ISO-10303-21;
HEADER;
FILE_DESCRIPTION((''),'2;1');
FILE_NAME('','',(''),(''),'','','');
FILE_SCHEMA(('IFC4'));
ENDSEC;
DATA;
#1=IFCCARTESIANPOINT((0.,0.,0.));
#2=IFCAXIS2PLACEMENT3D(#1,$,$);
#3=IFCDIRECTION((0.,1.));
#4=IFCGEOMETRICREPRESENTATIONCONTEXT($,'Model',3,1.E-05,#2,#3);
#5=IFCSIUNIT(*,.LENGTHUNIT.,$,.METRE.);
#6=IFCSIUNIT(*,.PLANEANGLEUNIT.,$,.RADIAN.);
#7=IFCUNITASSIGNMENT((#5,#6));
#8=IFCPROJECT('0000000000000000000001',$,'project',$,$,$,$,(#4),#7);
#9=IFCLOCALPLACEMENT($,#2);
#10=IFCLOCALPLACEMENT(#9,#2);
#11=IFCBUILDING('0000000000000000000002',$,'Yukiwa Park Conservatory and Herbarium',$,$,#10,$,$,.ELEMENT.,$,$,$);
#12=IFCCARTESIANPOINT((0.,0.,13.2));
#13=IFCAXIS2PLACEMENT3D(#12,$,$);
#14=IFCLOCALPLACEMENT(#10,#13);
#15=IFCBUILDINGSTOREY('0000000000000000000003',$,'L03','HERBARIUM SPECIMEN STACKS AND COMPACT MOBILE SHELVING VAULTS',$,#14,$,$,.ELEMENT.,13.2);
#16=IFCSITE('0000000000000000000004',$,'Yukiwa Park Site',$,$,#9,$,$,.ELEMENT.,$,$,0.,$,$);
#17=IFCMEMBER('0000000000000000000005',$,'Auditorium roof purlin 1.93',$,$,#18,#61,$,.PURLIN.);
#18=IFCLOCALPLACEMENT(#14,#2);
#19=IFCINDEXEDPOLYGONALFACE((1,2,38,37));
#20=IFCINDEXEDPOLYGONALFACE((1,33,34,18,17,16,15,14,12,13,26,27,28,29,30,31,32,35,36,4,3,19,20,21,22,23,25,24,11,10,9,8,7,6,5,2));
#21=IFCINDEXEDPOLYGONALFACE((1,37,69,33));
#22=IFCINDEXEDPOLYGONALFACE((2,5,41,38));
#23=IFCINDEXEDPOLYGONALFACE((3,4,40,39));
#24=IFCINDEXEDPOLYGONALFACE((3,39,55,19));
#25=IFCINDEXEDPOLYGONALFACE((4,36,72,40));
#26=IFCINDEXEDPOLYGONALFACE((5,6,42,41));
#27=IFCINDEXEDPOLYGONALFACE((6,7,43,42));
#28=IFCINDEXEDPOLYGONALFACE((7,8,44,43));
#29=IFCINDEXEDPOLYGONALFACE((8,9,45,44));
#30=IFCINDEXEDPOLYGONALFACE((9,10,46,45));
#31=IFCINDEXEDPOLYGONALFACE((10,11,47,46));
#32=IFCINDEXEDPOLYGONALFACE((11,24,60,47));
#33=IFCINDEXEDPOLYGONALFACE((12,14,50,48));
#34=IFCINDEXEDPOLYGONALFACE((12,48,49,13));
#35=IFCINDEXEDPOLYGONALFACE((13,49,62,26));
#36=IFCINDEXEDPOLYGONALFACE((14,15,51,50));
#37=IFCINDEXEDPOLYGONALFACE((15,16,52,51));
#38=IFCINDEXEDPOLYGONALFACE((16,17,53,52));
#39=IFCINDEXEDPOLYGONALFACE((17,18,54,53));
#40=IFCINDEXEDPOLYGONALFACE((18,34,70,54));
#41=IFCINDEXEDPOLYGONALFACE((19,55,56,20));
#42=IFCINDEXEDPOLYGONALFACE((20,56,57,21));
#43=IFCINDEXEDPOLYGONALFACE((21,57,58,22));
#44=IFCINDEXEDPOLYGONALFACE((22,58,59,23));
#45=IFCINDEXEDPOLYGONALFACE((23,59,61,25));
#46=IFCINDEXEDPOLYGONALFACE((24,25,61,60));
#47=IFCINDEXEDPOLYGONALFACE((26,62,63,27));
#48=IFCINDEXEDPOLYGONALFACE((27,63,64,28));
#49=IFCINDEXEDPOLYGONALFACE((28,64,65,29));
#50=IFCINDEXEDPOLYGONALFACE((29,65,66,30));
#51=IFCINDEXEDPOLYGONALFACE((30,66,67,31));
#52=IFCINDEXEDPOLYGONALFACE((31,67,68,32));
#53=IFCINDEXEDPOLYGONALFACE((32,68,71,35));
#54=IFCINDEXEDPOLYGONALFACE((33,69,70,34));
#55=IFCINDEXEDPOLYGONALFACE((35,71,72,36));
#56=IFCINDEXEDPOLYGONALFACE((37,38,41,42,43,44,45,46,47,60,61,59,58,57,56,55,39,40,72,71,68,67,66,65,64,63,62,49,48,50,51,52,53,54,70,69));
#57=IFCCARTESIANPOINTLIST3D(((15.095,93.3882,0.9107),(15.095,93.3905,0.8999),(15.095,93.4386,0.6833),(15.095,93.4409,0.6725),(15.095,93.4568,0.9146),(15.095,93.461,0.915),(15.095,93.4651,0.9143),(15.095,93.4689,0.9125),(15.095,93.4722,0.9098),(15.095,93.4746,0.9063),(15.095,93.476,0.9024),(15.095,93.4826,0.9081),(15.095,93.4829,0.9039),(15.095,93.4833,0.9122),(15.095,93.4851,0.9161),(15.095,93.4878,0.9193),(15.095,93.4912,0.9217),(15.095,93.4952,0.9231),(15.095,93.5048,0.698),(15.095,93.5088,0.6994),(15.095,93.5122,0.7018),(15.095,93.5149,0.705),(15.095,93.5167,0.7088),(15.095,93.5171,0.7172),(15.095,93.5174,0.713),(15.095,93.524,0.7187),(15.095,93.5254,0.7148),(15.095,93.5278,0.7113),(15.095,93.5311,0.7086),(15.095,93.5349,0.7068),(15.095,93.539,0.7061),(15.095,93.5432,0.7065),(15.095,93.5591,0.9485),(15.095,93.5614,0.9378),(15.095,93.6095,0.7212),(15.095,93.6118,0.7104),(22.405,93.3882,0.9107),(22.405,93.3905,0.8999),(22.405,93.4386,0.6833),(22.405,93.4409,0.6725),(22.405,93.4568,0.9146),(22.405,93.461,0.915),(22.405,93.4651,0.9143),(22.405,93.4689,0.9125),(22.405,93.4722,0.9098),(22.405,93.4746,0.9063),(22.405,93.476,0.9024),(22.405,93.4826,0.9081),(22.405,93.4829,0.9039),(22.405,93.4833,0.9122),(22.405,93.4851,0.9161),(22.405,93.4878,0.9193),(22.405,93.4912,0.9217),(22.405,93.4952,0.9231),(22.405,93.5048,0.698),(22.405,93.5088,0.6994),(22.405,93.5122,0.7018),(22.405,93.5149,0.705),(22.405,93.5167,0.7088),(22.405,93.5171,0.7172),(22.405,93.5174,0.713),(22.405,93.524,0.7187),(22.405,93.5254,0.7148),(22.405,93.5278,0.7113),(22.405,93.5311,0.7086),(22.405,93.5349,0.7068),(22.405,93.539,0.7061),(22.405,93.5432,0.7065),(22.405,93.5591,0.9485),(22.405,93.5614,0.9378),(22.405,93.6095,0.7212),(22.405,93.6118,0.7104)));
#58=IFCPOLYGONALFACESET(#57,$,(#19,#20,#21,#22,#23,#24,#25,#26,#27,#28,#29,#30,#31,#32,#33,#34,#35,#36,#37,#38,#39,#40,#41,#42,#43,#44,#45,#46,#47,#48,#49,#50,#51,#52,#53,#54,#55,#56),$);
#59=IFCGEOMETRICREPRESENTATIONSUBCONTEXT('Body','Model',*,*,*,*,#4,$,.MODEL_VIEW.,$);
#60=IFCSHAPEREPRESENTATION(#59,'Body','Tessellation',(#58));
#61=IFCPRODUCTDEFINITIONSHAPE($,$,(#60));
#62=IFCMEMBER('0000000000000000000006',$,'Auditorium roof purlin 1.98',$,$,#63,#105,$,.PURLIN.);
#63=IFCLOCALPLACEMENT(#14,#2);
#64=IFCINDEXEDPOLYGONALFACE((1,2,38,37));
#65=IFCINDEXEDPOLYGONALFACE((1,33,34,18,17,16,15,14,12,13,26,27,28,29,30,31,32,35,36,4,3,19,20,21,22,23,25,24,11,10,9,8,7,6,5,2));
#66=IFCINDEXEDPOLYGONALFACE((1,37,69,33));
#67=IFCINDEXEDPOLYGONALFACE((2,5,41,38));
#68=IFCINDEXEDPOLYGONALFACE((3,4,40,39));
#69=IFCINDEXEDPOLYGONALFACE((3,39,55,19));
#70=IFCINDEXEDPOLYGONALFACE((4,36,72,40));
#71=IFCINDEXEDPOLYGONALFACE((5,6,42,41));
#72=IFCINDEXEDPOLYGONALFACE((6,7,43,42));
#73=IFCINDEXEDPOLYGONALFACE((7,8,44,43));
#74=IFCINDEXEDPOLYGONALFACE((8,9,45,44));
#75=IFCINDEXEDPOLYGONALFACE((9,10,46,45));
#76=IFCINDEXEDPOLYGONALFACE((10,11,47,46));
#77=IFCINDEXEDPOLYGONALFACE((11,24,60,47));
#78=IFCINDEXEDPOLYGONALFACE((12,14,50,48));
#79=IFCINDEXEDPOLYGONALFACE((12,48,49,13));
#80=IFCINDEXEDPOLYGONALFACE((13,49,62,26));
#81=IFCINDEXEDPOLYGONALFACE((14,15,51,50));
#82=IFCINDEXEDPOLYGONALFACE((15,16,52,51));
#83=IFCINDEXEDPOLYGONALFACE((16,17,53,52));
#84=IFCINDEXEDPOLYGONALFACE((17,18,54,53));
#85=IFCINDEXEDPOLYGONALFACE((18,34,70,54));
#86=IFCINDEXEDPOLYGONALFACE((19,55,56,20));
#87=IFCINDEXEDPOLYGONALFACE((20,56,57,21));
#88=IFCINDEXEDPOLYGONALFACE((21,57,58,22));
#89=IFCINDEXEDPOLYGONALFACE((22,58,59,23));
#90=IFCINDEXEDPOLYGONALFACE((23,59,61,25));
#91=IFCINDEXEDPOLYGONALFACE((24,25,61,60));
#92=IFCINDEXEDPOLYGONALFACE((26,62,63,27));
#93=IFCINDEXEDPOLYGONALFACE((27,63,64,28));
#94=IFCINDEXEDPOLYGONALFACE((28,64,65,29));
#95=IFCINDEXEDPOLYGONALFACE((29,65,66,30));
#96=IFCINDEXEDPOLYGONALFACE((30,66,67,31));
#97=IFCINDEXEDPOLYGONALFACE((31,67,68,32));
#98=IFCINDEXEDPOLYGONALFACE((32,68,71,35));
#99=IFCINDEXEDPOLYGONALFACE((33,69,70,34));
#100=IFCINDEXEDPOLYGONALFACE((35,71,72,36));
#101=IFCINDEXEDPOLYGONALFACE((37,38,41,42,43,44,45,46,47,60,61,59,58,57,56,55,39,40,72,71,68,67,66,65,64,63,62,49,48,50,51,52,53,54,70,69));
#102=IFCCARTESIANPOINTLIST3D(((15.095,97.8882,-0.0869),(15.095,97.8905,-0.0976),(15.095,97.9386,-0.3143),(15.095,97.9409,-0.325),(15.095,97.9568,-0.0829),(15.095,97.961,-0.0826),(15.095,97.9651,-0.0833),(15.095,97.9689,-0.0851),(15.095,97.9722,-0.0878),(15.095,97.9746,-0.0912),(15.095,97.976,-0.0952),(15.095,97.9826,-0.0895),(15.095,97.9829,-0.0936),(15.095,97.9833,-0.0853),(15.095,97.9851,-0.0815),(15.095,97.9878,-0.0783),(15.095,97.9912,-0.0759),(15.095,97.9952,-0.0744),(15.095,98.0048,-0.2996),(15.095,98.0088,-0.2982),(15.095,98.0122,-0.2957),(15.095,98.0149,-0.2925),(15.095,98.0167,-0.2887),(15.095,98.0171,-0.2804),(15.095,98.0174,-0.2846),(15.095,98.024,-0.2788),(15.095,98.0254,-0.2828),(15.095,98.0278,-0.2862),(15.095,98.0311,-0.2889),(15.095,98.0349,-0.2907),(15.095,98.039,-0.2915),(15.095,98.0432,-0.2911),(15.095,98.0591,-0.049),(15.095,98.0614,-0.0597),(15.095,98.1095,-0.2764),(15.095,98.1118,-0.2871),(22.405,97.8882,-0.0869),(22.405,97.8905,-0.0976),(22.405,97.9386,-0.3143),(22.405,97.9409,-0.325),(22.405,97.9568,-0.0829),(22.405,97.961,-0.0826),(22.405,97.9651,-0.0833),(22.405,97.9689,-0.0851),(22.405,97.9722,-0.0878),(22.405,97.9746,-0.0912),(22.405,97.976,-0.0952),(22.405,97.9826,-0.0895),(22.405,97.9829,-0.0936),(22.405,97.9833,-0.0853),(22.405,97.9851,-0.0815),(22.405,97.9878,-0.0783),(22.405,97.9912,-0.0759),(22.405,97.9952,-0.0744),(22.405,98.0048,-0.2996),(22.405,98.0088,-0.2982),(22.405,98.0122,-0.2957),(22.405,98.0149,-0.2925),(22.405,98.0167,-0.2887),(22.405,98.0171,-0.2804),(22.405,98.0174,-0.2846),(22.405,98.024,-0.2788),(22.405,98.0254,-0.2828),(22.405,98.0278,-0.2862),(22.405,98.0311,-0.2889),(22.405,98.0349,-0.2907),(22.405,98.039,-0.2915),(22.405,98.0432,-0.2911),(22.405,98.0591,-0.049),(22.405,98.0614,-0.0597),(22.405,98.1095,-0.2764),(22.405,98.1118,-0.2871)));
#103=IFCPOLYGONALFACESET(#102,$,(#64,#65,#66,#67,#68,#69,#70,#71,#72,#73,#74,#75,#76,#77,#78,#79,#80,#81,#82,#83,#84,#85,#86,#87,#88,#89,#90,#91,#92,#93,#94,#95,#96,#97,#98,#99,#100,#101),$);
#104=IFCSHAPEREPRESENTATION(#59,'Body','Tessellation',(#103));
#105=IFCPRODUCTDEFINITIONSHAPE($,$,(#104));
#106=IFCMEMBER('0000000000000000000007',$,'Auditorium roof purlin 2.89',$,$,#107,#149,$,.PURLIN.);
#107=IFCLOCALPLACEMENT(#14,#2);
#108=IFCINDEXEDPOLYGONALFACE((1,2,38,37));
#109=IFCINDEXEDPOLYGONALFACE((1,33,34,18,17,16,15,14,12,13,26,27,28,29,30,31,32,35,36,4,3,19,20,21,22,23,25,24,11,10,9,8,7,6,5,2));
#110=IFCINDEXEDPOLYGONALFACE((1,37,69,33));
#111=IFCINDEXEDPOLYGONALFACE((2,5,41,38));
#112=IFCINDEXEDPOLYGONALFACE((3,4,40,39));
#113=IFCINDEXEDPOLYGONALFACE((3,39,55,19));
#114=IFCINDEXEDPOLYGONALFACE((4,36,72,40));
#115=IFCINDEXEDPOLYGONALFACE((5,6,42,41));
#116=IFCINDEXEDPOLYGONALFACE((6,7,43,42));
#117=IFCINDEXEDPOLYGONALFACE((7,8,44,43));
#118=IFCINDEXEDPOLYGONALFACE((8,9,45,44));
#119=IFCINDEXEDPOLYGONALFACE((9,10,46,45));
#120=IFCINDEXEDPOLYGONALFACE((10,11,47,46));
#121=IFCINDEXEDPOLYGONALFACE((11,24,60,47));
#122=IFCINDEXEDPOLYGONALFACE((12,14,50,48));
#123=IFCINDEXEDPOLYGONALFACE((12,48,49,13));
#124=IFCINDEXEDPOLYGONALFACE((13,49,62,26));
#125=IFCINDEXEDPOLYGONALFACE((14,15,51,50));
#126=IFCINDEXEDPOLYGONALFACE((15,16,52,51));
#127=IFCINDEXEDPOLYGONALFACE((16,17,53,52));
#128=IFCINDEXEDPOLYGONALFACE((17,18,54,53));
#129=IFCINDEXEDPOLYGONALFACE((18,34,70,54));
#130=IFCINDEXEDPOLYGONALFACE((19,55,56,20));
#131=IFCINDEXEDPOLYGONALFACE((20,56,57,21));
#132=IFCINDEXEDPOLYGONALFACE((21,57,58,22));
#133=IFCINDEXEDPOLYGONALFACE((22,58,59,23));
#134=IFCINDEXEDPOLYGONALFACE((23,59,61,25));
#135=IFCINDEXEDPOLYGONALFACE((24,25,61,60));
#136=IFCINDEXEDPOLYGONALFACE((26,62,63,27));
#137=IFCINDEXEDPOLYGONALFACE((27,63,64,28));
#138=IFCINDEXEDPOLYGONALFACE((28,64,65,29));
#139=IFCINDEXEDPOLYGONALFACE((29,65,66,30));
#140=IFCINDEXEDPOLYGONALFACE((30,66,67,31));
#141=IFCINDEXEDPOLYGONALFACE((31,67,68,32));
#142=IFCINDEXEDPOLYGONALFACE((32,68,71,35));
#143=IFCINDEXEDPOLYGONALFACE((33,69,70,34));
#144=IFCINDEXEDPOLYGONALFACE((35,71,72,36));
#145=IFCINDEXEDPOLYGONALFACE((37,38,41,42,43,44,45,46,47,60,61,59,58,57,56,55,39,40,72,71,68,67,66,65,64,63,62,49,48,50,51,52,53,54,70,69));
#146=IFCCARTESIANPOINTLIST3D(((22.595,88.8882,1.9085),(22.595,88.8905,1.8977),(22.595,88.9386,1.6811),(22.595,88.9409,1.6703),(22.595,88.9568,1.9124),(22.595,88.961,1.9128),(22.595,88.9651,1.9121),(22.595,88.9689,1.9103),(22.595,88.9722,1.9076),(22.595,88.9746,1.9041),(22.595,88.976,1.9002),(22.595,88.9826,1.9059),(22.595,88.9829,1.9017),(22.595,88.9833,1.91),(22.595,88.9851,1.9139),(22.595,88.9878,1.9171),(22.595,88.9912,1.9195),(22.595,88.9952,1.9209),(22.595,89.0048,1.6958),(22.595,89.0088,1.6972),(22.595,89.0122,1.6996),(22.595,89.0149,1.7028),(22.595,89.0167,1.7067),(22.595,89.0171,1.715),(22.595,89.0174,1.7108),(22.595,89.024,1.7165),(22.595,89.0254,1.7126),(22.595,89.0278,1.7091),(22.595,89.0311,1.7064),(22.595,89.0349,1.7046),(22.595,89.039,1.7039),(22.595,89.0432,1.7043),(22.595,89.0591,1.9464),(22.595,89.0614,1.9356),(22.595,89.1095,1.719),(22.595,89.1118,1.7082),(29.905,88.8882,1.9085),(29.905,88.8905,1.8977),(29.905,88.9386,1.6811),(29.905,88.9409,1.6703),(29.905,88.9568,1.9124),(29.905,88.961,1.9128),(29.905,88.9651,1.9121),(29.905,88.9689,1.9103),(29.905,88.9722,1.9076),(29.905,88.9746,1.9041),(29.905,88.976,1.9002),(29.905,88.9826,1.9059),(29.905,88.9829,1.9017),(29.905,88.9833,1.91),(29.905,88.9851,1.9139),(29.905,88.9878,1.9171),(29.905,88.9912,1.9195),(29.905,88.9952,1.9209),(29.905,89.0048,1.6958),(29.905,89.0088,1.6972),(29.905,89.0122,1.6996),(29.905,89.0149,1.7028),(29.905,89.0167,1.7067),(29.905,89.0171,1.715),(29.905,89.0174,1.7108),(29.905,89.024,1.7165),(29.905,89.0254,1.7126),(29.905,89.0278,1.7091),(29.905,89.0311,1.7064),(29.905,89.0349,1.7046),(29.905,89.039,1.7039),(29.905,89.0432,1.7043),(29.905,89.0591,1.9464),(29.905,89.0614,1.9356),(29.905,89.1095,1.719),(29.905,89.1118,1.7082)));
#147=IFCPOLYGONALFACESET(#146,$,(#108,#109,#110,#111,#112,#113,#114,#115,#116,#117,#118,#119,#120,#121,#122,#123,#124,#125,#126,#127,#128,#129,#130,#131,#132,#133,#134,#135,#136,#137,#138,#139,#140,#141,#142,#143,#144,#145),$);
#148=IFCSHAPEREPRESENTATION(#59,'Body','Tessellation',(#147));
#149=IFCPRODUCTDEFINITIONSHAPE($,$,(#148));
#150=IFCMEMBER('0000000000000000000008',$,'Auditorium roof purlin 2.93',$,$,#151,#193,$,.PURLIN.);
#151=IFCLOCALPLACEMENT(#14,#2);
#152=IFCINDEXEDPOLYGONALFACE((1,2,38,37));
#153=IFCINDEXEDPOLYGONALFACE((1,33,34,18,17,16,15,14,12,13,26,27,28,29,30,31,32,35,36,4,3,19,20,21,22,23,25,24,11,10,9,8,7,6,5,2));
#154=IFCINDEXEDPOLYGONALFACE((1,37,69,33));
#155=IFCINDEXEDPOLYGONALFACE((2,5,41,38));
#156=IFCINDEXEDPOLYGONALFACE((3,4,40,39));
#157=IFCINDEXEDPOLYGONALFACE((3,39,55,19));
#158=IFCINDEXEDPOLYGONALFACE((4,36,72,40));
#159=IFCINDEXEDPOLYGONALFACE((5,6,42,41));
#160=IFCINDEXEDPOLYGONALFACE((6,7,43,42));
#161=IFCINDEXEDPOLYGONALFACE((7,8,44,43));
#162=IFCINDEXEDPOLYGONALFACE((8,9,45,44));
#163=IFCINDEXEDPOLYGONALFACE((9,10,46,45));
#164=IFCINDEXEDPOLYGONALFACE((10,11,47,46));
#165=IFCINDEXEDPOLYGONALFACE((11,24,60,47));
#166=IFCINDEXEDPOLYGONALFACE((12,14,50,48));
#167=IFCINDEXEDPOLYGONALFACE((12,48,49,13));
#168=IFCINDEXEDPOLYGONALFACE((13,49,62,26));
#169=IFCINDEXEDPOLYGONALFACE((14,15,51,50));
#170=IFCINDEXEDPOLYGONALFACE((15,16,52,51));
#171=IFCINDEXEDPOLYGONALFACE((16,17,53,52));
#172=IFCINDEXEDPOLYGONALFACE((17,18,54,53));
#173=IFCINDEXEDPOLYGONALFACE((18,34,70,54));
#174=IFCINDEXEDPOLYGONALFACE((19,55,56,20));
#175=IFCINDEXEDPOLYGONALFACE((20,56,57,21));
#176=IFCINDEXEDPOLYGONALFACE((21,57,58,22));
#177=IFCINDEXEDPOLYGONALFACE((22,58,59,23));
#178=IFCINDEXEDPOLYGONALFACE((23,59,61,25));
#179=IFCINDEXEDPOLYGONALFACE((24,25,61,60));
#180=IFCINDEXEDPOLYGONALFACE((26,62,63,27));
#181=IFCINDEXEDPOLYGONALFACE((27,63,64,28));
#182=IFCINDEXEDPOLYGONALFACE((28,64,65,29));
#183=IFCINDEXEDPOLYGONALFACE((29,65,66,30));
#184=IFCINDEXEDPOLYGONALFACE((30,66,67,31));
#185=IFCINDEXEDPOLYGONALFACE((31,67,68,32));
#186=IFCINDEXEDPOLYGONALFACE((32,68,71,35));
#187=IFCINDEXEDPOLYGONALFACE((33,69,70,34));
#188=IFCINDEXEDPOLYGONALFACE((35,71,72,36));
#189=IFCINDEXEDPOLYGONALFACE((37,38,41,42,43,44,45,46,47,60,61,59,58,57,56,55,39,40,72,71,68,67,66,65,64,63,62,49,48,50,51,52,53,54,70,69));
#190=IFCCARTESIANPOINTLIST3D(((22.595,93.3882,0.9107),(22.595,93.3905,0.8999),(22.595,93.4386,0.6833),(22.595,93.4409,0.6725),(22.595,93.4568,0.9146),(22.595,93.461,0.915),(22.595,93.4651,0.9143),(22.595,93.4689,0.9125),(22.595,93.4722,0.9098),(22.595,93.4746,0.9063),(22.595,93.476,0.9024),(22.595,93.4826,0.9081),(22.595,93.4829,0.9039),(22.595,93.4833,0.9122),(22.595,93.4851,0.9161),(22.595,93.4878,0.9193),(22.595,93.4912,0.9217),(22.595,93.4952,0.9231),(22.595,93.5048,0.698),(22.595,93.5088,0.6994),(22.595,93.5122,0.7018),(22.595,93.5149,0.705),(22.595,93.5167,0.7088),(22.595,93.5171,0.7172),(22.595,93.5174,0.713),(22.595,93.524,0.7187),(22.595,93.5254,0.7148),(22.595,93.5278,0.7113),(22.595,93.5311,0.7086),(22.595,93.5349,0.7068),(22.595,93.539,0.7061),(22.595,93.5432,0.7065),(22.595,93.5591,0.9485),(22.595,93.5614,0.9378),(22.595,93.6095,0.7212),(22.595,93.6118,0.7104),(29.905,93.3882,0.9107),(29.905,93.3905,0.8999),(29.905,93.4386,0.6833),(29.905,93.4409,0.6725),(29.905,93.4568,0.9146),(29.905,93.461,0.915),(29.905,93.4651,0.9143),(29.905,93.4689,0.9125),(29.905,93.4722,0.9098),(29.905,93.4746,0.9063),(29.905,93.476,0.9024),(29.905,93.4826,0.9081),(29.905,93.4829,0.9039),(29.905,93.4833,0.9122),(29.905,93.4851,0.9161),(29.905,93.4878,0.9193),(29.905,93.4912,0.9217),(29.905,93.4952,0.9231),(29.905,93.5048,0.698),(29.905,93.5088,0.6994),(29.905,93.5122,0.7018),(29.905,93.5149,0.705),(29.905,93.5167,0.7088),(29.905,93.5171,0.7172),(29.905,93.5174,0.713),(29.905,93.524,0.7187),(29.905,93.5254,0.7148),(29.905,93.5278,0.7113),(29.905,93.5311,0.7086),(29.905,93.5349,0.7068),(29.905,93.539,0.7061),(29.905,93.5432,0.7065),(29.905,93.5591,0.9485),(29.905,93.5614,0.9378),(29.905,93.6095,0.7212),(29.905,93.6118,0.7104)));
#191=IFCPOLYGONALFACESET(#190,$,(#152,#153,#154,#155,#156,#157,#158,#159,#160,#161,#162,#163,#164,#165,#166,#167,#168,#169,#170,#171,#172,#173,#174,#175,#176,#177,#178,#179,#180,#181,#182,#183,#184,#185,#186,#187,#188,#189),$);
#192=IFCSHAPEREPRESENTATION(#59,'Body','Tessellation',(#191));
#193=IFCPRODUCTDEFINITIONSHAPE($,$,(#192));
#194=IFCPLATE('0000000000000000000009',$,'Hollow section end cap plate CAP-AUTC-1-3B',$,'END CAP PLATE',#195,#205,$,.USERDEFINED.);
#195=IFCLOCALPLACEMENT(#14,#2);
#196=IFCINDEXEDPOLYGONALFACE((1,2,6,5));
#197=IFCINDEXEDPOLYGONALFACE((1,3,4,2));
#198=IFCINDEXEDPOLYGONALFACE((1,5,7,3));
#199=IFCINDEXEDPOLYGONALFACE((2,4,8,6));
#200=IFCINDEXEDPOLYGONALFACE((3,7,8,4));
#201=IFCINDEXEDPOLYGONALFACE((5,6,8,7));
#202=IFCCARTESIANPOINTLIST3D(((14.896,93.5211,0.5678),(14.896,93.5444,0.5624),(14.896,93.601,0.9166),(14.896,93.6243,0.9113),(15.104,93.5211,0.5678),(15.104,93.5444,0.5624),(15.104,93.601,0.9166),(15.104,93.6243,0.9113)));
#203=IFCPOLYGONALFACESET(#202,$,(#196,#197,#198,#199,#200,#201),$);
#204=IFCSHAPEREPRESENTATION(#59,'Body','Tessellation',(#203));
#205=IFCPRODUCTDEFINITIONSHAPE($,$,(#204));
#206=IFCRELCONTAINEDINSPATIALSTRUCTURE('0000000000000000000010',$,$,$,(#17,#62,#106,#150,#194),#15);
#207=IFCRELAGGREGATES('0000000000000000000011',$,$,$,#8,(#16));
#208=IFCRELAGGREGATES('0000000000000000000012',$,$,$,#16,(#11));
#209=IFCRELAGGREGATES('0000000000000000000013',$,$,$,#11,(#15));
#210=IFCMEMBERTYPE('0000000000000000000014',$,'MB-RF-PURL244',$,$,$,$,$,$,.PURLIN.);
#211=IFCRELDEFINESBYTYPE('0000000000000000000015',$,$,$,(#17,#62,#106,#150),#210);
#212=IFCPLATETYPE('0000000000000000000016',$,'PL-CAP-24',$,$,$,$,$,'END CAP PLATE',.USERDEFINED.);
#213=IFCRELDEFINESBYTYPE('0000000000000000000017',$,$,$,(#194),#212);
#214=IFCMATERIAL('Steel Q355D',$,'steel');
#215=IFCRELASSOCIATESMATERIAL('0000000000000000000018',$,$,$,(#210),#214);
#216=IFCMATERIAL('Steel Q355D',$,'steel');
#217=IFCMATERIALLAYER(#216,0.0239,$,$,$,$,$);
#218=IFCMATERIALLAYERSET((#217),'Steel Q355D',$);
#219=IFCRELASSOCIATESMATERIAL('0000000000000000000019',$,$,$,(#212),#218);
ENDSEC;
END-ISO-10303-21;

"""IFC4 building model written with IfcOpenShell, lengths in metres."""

from ifc_helpers import new_model, si_unit, direction, frame, origin, origin_2d, place, context, subcontext, project, spatial, rectangle, i_section, extrude, material, layer, layer_set, material_profile, profile_set, type_object, element, save


model = new_model("IFC4")

# Units and contexts
model_context = context("Model", 3, precision=1e-05, world=origin(), true_north=direction((0.0, 1.0)))
body_context = subcontext(model_context, "Body", "Model", "MODEL_VIEW")
ifc_project = project(units=[si_unit("LENGTHUNIT", "METRE"), si_unit("PLANEANGLEUNIT", "RADIAN")], contexts=[model_context])

# Site, building, storey
site_placement = place(None, origin())
site = spatial("IfcSite", under=ifc_project, at=site_placement, Name="Yukiwa Park Site", CompositionType="ELEMENT", RefElevation=0.0)
building_placement = place(site_placement, origin())
building = spatial("IfcBuilding", under=site, at=building_placement, Name="Yukiwa Park Conservatory and Herbarium", CompositionType="ELEMENT")
storey_placement = place(building_placement, frame((0.0, 0.0, 13.2)))
storey = spatial("IfcBuildingStorey", under=building, at=storey_placement, Name="L03", Description="HERBARIUM SPECIMEN STACKS AND COMPACT MOBILE SHELVING VAULTS", CompositionType="ELEMENT", Elevation=13.2)

# Members
ifc_material_1 = material(Name="Steel Q355D", Category="steel")
ifc_material_profile_1 = material_profile(ifc_material_1, i_section(OverallWidth=0.175, OverallDepth=0.2439, WebThickness=0.0071, FlangeThickness=0.011, FilletRadius=0.0161, at=origin_2d()), Name="HM 244x175x7x11")
ifc_profile_set_1 = profile_set([ifc_material_profile_1], Name="Steel Q355D")
member_type_1 = type_object("IfcMemberType", Name="MB-RF-PURL244", PredefinedType="PURLIN", material=ifc_profile_set_1)
for number, where, z_axis, x_axis, name in (
    (1, (15.095, 93.5, 0.8105), (1.0, 0.0, 0.0), (0.0, 0.976296, 0.21644), "Auditorium roof purlin 1.93"),
    (2, (15.095, 98.0, -0.187), (1.0, 0.0, 0.0), (0.0, 0.976296, 0.21644), "Auditorium roof purlin 1.98"),
    (3, (22.595, 89.0, 1.8083), (1.0, 0.0, 0.0), (0.0, 0.976296, 0.21644), "Auditorium roof purlin 2.89"),
    (4, (22.595, 93.5, 0.8105), (1.0, 0.0, 0.0), (0.0, 0.976296, 0.21644), "Auditorium roof purlin 2.93"),
):
    element("IfcMember", number, at=place(storey_placement, frame(where, z_axis=z_axis, x_axis=x_axis)), inside=storey, type_object=member_type_1, Name=name, PredefinedType="PURLIN", context=body_context, shape_type="SweptSolid", body=[
        extrude(i_section(OverallWidth=0.175, OverallDepth=0.2439, WebThickness=0.0071, FlangeThickness=0.011, FilletRadius=0.0161, at=origin_2d()), origin(), (0.0, 0.0, 1.0), 7.3101),
    ])

# Plate
ifc_material_2 = material(Name="Steel Q355D", Category="steel")
ifc_layer_1 = layer(ifc_material_2, 0.0239)
ifc_layer_set_1 = layer_set([ifc_layer_1], Name="Steel Q355D")
plate_type_1 = type_object("IfcPlateType", Name="PL-CAP-24", ElementType="END CAP PLATE", PredefinedType="USERDEFINED", material=ifc_layer_set_1)
plate_1_placement = place(storey_placement, frame((15.0, 93.561, 0.7422), z_axis=(0.0, 0.974732, -0.223376), x_axis=(-1.0, 0.0, 0.0)))
element("IfcPlate", 5, at=plate_1_placement, inside=storey, type_object=plate_type_1, Name="Hollow section end cap plate CAP-AUTC-1-3B", ObjectType="END CAP PLATE", PredefinedType="USERDEFINED", context=body_context, shape_type="SweptSolid", body=[
    extrude(rectangle(XDim=0.208, YDim=0.3579, at=origin_2d()), origin(), (0.0, 0.0, 1.0), 0.0239),
])

save(model, "model.ifc")
